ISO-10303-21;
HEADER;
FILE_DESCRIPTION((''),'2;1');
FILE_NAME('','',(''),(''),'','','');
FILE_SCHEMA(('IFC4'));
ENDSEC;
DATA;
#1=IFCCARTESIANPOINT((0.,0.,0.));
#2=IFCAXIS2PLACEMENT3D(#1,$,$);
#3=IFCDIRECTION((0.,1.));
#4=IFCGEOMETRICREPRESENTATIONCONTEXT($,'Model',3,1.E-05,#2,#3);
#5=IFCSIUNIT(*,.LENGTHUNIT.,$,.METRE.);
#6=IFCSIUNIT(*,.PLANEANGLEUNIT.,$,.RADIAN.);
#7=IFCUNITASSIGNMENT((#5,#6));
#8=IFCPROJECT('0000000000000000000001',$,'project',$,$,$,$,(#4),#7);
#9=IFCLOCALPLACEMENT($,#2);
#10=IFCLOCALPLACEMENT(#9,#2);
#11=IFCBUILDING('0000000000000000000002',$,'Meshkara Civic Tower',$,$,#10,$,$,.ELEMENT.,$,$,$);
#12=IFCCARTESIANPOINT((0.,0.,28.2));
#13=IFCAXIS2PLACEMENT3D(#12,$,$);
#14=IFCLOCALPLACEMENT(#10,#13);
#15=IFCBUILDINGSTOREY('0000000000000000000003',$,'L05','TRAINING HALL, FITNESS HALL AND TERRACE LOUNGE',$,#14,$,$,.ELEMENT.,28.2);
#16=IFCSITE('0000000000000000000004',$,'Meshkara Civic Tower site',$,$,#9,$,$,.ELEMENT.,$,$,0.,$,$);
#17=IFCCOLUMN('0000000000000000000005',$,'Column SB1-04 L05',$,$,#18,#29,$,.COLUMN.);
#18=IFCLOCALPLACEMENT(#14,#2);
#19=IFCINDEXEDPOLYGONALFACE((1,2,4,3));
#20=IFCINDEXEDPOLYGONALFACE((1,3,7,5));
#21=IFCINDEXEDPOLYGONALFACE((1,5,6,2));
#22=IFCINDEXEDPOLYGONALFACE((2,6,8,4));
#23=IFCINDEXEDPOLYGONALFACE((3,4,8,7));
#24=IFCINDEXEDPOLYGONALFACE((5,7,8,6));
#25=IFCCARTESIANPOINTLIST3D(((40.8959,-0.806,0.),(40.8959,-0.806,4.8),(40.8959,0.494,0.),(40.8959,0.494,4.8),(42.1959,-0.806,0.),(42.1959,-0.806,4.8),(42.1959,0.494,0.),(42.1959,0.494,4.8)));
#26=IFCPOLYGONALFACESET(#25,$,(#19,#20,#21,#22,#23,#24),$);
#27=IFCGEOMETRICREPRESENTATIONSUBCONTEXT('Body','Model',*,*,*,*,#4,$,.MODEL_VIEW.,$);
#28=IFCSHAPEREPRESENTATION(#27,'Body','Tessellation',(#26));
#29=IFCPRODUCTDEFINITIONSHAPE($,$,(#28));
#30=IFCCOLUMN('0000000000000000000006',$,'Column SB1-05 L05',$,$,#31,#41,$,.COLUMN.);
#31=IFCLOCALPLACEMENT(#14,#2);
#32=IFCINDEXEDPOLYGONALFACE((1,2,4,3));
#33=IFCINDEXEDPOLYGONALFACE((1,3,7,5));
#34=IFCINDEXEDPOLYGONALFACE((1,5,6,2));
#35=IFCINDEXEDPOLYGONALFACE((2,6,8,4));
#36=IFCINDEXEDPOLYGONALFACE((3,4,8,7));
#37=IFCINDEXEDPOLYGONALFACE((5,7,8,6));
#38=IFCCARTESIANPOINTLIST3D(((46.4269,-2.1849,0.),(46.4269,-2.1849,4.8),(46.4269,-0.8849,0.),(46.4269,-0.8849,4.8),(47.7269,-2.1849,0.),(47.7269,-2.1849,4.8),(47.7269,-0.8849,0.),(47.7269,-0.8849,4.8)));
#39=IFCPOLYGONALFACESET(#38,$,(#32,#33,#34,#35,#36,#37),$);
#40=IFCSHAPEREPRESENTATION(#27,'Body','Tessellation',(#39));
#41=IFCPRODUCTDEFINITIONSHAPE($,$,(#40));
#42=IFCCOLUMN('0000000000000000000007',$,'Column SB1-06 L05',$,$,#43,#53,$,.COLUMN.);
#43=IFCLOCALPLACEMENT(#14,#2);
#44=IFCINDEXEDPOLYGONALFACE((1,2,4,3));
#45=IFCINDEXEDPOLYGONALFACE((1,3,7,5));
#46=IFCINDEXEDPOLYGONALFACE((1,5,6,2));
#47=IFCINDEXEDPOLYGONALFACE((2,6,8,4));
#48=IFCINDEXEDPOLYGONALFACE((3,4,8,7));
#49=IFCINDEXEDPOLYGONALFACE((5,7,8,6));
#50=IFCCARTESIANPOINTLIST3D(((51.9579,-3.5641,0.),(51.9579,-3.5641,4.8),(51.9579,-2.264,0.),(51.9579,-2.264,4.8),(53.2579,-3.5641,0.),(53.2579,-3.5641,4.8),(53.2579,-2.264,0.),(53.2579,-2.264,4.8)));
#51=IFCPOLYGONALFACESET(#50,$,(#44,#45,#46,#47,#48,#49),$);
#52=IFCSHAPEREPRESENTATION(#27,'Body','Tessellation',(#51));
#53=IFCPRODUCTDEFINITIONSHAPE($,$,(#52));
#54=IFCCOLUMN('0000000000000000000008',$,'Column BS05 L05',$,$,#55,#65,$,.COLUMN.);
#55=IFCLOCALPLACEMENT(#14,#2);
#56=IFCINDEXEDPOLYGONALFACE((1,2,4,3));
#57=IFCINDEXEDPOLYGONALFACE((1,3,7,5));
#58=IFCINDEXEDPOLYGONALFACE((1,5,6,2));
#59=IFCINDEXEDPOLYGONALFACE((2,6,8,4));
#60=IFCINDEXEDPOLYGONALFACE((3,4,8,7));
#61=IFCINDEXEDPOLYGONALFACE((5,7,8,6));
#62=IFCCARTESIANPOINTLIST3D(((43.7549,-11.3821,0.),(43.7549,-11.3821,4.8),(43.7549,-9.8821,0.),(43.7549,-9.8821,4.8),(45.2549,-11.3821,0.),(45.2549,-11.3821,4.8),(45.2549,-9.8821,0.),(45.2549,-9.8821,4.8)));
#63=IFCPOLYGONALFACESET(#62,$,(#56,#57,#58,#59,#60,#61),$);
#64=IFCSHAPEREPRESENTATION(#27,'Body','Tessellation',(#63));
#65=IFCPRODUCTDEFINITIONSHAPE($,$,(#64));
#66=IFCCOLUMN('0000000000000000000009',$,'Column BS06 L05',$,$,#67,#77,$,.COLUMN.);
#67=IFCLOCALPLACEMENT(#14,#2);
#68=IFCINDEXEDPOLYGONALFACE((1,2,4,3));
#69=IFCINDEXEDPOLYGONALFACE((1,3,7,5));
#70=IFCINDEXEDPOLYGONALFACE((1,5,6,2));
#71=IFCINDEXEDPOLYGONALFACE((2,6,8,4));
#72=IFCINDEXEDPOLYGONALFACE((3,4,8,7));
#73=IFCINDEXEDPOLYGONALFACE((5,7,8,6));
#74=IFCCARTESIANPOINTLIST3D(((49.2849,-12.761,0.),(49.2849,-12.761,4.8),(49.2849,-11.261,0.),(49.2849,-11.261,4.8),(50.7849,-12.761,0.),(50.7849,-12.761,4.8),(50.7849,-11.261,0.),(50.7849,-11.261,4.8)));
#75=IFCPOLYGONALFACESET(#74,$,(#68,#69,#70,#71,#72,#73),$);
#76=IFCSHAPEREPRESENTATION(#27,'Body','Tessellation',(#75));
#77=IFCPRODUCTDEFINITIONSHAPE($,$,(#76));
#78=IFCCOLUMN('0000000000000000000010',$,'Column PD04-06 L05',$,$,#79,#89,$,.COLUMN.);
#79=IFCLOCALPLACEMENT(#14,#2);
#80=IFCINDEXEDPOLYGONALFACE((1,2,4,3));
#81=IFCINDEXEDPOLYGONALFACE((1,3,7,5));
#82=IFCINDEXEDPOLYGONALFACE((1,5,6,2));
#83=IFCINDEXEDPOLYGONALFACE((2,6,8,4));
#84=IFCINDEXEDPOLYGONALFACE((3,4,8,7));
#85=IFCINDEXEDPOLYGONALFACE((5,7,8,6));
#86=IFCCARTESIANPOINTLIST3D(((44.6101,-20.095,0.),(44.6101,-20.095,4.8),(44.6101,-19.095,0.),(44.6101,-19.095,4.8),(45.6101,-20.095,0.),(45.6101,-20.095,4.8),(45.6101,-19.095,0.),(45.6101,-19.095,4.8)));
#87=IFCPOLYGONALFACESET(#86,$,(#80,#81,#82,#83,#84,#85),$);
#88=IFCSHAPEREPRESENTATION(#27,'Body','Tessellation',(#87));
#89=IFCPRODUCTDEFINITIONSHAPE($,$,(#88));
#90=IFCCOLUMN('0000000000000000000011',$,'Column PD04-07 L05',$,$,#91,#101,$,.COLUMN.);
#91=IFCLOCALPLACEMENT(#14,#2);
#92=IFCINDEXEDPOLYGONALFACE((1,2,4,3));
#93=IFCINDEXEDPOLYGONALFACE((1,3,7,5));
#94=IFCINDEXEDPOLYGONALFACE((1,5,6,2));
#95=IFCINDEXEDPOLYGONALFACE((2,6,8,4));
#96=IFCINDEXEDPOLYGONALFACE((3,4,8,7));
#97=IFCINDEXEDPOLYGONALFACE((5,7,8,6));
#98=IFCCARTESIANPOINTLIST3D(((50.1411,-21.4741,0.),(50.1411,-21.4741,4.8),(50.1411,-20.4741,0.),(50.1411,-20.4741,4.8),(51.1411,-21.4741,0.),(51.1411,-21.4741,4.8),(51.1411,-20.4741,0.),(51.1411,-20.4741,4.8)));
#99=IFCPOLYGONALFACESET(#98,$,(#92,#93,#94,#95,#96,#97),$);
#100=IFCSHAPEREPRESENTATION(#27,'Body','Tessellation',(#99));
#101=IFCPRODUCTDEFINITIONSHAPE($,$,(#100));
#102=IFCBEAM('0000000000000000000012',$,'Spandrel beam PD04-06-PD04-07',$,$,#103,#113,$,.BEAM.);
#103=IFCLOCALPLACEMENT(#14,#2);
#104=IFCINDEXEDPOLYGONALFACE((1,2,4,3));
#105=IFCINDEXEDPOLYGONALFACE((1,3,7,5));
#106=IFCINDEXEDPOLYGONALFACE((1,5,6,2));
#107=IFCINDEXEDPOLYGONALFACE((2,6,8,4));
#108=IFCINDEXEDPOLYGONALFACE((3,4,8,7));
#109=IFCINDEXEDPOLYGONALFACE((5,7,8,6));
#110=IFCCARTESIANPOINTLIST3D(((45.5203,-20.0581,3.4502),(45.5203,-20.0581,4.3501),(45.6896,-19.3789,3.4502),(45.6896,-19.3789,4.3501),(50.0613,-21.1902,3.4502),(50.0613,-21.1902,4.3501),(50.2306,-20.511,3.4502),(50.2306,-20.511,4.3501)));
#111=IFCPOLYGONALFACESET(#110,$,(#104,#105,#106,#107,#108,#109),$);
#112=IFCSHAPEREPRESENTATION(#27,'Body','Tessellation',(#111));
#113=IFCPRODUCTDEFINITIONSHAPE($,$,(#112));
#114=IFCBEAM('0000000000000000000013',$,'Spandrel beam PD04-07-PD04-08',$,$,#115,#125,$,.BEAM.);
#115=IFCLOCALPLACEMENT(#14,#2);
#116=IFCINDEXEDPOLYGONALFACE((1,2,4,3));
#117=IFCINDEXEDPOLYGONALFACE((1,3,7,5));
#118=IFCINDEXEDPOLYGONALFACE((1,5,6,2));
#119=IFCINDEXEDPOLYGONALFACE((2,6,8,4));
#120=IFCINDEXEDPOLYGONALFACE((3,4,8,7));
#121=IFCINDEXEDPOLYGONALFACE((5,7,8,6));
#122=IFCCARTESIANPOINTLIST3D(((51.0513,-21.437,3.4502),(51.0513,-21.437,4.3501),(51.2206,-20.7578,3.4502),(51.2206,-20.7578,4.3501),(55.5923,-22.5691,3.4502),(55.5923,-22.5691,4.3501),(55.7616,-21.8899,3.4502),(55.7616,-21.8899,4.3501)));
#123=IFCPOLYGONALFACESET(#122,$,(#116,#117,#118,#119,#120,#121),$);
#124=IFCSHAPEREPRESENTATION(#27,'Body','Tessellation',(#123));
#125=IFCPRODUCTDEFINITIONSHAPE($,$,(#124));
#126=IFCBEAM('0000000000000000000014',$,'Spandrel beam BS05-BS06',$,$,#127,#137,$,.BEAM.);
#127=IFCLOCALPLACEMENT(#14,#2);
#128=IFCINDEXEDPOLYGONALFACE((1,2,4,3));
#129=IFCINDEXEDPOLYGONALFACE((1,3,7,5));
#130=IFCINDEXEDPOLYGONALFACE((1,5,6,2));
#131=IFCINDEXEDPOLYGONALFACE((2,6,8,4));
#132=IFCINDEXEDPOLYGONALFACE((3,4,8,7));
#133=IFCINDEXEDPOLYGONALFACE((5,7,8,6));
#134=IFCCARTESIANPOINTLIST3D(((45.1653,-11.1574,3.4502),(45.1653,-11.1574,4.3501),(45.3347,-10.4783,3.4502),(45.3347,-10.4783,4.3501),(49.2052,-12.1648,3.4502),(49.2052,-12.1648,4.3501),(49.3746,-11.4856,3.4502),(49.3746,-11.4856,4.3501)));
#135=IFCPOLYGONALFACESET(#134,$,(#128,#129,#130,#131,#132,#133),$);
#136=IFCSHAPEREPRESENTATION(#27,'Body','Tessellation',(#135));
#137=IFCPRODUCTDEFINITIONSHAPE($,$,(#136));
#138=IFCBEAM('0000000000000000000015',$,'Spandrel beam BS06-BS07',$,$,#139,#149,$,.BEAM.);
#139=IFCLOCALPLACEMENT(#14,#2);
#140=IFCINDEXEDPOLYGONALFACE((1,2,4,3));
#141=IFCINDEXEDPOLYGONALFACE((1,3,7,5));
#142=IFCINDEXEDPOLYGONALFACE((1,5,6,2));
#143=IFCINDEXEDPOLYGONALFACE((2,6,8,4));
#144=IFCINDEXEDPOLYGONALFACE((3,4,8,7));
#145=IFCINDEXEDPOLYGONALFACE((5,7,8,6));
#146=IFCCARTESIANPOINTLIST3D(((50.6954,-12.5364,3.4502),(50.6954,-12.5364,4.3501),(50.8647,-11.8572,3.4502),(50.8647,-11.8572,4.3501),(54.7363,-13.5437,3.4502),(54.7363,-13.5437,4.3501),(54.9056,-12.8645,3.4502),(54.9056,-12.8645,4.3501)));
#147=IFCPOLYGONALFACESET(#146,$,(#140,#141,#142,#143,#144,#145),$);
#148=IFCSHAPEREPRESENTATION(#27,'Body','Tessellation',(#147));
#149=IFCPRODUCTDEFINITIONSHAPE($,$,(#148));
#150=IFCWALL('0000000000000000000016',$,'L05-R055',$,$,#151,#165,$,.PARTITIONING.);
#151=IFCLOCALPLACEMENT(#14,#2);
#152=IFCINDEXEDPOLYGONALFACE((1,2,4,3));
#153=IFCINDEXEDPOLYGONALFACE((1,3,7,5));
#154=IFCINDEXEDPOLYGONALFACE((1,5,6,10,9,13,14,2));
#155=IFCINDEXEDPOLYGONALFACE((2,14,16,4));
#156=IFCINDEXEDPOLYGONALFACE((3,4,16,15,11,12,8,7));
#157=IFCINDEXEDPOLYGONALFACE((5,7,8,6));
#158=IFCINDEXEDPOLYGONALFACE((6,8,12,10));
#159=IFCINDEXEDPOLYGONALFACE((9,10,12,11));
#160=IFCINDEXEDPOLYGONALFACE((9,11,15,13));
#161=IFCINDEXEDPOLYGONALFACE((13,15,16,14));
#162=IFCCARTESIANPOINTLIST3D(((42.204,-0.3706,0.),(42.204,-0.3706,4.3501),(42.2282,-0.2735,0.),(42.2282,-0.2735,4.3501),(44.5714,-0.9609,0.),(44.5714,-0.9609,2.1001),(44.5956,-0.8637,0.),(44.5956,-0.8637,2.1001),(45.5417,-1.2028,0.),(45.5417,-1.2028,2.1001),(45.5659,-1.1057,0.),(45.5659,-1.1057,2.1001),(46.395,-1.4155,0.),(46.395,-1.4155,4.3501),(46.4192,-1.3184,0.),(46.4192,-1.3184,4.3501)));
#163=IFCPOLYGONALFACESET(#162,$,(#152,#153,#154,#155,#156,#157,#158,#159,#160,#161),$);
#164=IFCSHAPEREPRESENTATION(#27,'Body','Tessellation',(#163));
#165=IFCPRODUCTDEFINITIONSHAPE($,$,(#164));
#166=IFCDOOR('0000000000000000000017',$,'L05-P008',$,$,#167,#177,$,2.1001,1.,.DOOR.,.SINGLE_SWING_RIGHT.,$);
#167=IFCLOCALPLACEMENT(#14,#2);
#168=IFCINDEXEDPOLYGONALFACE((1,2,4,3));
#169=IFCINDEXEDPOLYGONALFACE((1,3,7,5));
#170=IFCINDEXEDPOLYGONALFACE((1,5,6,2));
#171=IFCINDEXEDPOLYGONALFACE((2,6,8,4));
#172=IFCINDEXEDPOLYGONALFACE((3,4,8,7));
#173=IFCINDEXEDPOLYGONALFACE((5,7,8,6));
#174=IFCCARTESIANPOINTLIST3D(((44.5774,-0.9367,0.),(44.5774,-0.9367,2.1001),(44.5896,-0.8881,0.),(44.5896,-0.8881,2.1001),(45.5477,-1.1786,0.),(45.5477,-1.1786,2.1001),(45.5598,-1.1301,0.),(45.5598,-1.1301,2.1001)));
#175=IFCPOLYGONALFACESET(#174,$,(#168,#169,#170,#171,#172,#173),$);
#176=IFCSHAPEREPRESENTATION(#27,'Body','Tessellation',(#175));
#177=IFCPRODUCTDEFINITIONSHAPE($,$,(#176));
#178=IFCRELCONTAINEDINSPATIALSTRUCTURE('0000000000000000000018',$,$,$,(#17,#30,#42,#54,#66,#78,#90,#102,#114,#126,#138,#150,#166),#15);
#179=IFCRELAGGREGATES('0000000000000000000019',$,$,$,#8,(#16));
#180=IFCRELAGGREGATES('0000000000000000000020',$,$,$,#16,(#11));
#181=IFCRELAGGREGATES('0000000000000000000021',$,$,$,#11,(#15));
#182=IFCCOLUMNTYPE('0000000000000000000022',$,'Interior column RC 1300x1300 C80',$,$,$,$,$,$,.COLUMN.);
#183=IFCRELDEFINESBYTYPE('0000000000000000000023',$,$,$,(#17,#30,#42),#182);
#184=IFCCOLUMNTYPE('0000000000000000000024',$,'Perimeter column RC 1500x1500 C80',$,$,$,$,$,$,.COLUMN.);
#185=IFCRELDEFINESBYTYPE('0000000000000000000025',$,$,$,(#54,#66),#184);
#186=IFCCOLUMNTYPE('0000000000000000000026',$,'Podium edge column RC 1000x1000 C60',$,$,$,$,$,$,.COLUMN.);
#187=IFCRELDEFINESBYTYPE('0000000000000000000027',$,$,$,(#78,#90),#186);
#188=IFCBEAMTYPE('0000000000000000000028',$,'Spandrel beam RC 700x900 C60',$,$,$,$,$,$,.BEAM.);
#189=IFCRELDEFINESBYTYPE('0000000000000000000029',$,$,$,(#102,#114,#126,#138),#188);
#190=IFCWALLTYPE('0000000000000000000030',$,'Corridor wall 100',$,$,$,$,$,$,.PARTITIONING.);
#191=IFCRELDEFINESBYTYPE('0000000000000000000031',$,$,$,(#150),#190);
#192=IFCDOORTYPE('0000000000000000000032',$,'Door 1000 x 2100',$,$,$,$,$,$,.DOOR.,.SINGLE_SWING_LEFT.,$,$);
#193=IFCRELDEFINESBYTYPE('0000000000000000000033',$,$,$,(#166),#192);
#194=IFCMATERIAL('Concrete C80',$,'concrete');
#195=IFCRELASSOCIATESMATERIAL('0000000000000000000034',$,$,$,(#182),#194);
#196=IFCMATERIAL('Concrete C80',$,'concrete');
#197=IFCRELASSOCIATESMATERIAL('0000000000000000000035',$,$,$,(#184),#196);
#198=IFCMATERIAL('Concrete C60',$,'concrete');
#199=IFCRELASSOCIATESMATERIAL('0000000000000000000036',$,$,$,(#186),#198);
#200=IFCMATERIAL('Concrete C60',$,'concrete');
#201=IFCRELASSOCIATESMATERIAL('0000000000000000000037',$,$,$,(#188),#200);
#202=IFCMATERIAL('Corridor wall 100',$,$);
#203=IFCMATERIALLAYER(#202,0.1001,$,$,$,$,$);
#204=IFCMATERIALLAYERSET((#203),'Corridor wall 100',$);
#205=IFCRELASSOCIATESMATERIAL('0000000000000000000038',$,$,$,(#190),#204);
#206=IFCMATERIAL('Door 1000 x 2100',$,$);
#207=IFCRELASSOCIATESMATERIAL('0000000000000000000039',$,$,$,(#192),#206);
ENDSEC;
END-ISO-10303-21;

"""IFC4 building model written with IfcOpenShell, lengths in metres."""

from ifc_helpers import new_model, si_unit, direction, frame, frame_2d, origin, origin_2d, place, context, subcontext, project, spatial, rectangle, extrude, material, layer, layer_set, material_profile, profile_set, type_object, element, fill, save


model = new_model("IFC4")

# Units and contexts
model_context = context("Model", 3, precision=1e-05, world=origin(), true_north=direction((0.0, 1.0)))
body_context = subcontext(model_context, "Body", "Model", "MODEL_VIEW")
ifc_project = project(units=[si_unit("LENGTHUNIT", "METRE"), si_unit("PLANEANGLEUNIT", "RADIAN")], contexts=[model_context])

# Site, building, storey
site_placement = place(None, origin())
site = spatial("IfcSite", under=ifc_project, at=site_placement, Name="Meshkara Civic Tower site", CompositionType="ELEMENT", RefElevation=0.0)
building_placement = place(site_placement, origin())
building = spatial("IfcBuilding", under=site, at=building_placement, Name="Meshkara Civic Tower", CompositionType="ELEMENT")
storey_placement = place(building_placement, frame((0.0, 0.0, 28.2)))
storey = spatial("IfcBuildingStorey", under=building, at=storey_placement, Name="L05", Description="TRAINING HALL, FITNESS HALL AND TERRACE LOUNGE", CompositionType="ELEMENT", Elevation=28.2)

# Columns
ifc_material_1 = material(Name="Concrete C80", Category="concrete")
ifc_material_profile_1 = material_profile(ifc_material_1, rectangle(XDim=1.3, YDim=1.3, at=origin_2d()))
ifc_profile_set_1 = profile_set([ifc_material_profile_1], Name="Concrete C80")
column_type_1 = type_object("IfcColumnType", Name="Interior column RC 1300x1300 C80", PredefinedType="COLUMN", material=ifc_profile_set_1)
for number, where, z_axis, x_axis, name in (
    (1, (41.5459, -0.156, 0.0), (0.0, 0.0, 1.0), (1.0, 0.0, 0.0), "Column SB1-04 L05"),
    (2, (47.0769, -1.5349, 0.0), (0.0, 0.0, 1.0), (1.0, 0.0, 0.0), "Column SB1-05 L05"),
    (3, (52.6079, -2.9141, 0.0), (0.0, 0.0, 1.0), (1.0, 0.0, 0.0), "Column SB1-06 L05"),
):
    element("IfcColumn", number, at=place(storey_placement, frame(where, z_axis=z_axis, x_axis=x_axis)), inside=storey, type_object=column_type_1, Name=name, PredefinedType="COLUMN", context=body_context, shape_type="SweptSolid", body=[
        extrude(rectangle(XDim=1.3, YDim=1.3, at=origin_2d()), origin(), (0.0, 0.0, 1.0), 4.8),
    ])
ifc_material_2 = material(Name="Concrete C80", Category="concrete")
ifc_material_profile_2 = material_profile(ifc_material_2, rectangle(XDim=1.5, YDim=1.5, at=origin_2d()))
ifc_profile_set_2 = profile_set([ifc_material_profile_2], Name="Concrete C80")
column_type_2 = type_object("IfcColumnType", Name="Perimeter column RC 1500x1500 C80", PredefinedType="COLUMN", material=ifc_profile_set_2)
for number, where, z_axis, x_axis, name in (
    (4, (44.5049, -10.6321, 0.0), (0.0, 0.0, 1.0), (1.0, 0.0, 0.0), "Column BS05 L05"),
    (5, (50.0349, -12.011, 0.0), (0.0, 0.0, 1.0), (1.0, 0.0, 0.0), "Column BS06 L05"),
):
    element("IfcColumn", number, at=place(storey_placement, frame(where, z_axis=z_axis, x_axis=x_axis)), inside=storey, type_object=column_type_2, Name=name, PredefinedType="COLUMN", context=body_context, shape_type="SweptSolid", body=[
        extrude(rectangle(XDim=1.5, YDim=1.5, at=origin_2d()), origin(), (0.0, 0.0, 1.0), 4.8),
    ])
ifc_material_3 = material(Name="Concrete C60", Category="concrete")
ifc_material_profile_3 = material_profile(ifc_material_3, rectangle(XDim=1.0, YDim=1.0, at=origin_2d()))
ifc_profile_set_3 = profile_set([ifc_material_profile_3], Name="Concrete C60")
column_type_3 = type_object("IfcColumnType", Name="Podium edge column RC 1000x1000 C60", PredefinedType="COLUMN", material=ifc_profile_set_3)
for number, where, z_axis, x_axis, name in (
    (6, (45.1101, -19.595, 0.0), (0.0, 0.0, 1.0), (1.0, 0.0, 0.0), "Column PD04-06 L05"),
    (7, (50.6411, -20.9741, 0.0), (0.0, 0.0, 1.0), (1.0, 0.0, 0.0), "Column PD04-07 L05"),
):
    element("IfcColumn", number, at=place(storey_placement, frame(where, z_axis=z_axis, x_axis=x_axis)), inside=storey, type_object=column_type_3, Name=name, PredefinedType="COLUMN", context=body_context, shape_type="SweptSolid", body=[
        extrude(rectangle(XDim=1.0, YDim=1.0, at=origin_2d()), origin(), (0.0, 0.0, 1.0), 4.8),
    ])

# Beams
ifc_material_4 = material(Name="Concrete C60", Category="concrete")
ifc_material_profile_4 = material_profile(ifc_material_4, rectangle(XDim=0.7, YDim=0.8999, at=origin_2d()))
ifc_profile_set_4 = profile_set([ifc_material_profile_4], Name="Concrete C60")
beam_type = type_object("IfcBeamType", Name="Spandrel beam RC 700x900 C60", PredefinedType="BEAM", material=ifc_profile_set_4)
for number, where, z_axis, x_axis, name in (
    (8, (45.605, -19.7185, 3.9001), (0.970302, -0.241897, 0.0), (0.241897, 0.970302, 0.0), "Spandrel beam PD04-06-PD04-07"),
    (9, (51.136, -21.0974, 3.9001), (0.970302, -0.241897, 0.0), (0.241897, 0.970302, 0.0), "Spandrel beam PD04-07-PD04-08"),
):
    element("IfcBeam", number, at=place(storey_placement, frame(where, z_axis=z_axis, x_axis=x_axis)), inside=storey, type_object=beam_type, Name=name, PredefinedType="BEAM", context=body_context, shape_type="SweptSolid", body=[
        extrude(rectangle(XDim=0.7, YDim=0.8999, at=origin_2d()), origin(), (0.0, 0.0, 1.0), 4.6799),
    ])
beam_1_placement = place(storey_placement, frame((45.25, -10.8179, 3.9001), z_axis=(0.970291, -0.241942, 0.0), x_axis=(0.241942, 0.970291, 0.0)))
element("IfcBeam", 10, at=beam_1_placement, inside=storey, type_object=beam_type, Name="Spandrel beam BS05-BS06", PredefinedType="BEAM", context=body_context, shape_type="SweptSolid", body=[
    extrude(rectangle(XDim=0.7, YDim=0.8999, at=origin_2d()), origin(), (0.0, 0.0, 1.0), 4.1636),
])
beam_2_placement = place(storey_placement, frame((50.78, -12.1968, 3.9001), z_axis=(0.970304, -0.241887, 0.0), x_axis=(0.241887, 0.970304, 0.0)))
element("IfcBeam", 11, at=beam_2_placement, inside=storey, type_object=beam_type, Name="Spandrel beam BS06-BS07", PredefinedType="BEAM", context=body_context, shape_type="SweptSolid", body=[
    extrude(rectangle(XDim=0.7, YDim=0.8999, at=origin_2d()), origin(), (0.0, 0.0, 1.0), 4.1646),
])

# Wall, opening, door
ifc_material_5 = material(Name="Corridor wall 100")
ifc_layer_1 = layer(ifc_material_5, 0.1001)
ifc_layer_set_1 = layer_set([ifc_layer_1], Name="Corridor wall 100")
wall_type_1 = type_object("IfcWallType", Name="Corridor wall 100", PredefinedType="PARTITIONING", material=ifc_layer_set_1)
wall_1_placement = place(storey_placement, frame((42.2161, -0.322, 0.0), z_axis=(0.0, 0.0, 1.0), x_axis=(0.970295, -0.241924, 0.0)))
wall_1 = element("IfcWall", 12, at=wall_1_placement, inside=storey, type_object=wall_type_1, Name="L05-R055", PredefinedType="PARTITIONING", context=body_context, shape_type="SweptSolid", body=[
    extrude(rectangle(XDim=4.3193, YDim=0.1001, at=frame_2d((2.1597, 0.0))), origin(), (0.0, 0.0, 1.0), 4.3501),
])
opening_1_placement = place(wall_1_placement, frame((2.4399, 0.0, 0.0)))
opening_1 = element("IfcOpeningElement", 13, at=opening_1_placement, cuts=wall_1, PredefinedType="OPENING", context=body_context, shape_type="SweptSolid", body=[
    extrude(rectangle(XDim=1.0, YDim=2.1001, at=frame_2d((0.5, 1.05))), frame((0.0, 0.0601, 0.0), z_axis=(0.0, -1.0, 0.0), x_axis=(1.0, 0.0, 0.0)), (0.0, 0.0, 1.0), 0.1201),
])
ifc_material_6 = material(Name="Door 1000 x 2100")
door_type_1 = type_object("IfcDoorType", Name="Door 1000 x 2100", OperationType="SINGLE_SWING_LEFT", PredefinedType="DOOR", material=ifc_material_6)
door_1_placement = place(opening_1_placement, origin())
door_1 = element("IfcDoor", 14, at=door_1_placement, inside=storey, type_object=door_type_1, Name="L05-P008", OperationType="SINGLE_SWING_RIGHT", OverallHeight=2.1001, OverallWidth=1.0, PredefinedType="DOOR", context=body_context, shape_type="SweptSolid", body=[
    extrude(rectangle(XDim=1.0, YDim=2.1001, at=frame_2d((0.5, 1.05))), frame((0.0, 0.0249, 0.0), z_axis=(0.0, -1.0, 0.0), x_axis=(1.0, 0.0, 0.0)), (0.0, 0.0, 1.0), 0.05),
])
fill(opening_1, door_1)

save(model, "model.ifc")
